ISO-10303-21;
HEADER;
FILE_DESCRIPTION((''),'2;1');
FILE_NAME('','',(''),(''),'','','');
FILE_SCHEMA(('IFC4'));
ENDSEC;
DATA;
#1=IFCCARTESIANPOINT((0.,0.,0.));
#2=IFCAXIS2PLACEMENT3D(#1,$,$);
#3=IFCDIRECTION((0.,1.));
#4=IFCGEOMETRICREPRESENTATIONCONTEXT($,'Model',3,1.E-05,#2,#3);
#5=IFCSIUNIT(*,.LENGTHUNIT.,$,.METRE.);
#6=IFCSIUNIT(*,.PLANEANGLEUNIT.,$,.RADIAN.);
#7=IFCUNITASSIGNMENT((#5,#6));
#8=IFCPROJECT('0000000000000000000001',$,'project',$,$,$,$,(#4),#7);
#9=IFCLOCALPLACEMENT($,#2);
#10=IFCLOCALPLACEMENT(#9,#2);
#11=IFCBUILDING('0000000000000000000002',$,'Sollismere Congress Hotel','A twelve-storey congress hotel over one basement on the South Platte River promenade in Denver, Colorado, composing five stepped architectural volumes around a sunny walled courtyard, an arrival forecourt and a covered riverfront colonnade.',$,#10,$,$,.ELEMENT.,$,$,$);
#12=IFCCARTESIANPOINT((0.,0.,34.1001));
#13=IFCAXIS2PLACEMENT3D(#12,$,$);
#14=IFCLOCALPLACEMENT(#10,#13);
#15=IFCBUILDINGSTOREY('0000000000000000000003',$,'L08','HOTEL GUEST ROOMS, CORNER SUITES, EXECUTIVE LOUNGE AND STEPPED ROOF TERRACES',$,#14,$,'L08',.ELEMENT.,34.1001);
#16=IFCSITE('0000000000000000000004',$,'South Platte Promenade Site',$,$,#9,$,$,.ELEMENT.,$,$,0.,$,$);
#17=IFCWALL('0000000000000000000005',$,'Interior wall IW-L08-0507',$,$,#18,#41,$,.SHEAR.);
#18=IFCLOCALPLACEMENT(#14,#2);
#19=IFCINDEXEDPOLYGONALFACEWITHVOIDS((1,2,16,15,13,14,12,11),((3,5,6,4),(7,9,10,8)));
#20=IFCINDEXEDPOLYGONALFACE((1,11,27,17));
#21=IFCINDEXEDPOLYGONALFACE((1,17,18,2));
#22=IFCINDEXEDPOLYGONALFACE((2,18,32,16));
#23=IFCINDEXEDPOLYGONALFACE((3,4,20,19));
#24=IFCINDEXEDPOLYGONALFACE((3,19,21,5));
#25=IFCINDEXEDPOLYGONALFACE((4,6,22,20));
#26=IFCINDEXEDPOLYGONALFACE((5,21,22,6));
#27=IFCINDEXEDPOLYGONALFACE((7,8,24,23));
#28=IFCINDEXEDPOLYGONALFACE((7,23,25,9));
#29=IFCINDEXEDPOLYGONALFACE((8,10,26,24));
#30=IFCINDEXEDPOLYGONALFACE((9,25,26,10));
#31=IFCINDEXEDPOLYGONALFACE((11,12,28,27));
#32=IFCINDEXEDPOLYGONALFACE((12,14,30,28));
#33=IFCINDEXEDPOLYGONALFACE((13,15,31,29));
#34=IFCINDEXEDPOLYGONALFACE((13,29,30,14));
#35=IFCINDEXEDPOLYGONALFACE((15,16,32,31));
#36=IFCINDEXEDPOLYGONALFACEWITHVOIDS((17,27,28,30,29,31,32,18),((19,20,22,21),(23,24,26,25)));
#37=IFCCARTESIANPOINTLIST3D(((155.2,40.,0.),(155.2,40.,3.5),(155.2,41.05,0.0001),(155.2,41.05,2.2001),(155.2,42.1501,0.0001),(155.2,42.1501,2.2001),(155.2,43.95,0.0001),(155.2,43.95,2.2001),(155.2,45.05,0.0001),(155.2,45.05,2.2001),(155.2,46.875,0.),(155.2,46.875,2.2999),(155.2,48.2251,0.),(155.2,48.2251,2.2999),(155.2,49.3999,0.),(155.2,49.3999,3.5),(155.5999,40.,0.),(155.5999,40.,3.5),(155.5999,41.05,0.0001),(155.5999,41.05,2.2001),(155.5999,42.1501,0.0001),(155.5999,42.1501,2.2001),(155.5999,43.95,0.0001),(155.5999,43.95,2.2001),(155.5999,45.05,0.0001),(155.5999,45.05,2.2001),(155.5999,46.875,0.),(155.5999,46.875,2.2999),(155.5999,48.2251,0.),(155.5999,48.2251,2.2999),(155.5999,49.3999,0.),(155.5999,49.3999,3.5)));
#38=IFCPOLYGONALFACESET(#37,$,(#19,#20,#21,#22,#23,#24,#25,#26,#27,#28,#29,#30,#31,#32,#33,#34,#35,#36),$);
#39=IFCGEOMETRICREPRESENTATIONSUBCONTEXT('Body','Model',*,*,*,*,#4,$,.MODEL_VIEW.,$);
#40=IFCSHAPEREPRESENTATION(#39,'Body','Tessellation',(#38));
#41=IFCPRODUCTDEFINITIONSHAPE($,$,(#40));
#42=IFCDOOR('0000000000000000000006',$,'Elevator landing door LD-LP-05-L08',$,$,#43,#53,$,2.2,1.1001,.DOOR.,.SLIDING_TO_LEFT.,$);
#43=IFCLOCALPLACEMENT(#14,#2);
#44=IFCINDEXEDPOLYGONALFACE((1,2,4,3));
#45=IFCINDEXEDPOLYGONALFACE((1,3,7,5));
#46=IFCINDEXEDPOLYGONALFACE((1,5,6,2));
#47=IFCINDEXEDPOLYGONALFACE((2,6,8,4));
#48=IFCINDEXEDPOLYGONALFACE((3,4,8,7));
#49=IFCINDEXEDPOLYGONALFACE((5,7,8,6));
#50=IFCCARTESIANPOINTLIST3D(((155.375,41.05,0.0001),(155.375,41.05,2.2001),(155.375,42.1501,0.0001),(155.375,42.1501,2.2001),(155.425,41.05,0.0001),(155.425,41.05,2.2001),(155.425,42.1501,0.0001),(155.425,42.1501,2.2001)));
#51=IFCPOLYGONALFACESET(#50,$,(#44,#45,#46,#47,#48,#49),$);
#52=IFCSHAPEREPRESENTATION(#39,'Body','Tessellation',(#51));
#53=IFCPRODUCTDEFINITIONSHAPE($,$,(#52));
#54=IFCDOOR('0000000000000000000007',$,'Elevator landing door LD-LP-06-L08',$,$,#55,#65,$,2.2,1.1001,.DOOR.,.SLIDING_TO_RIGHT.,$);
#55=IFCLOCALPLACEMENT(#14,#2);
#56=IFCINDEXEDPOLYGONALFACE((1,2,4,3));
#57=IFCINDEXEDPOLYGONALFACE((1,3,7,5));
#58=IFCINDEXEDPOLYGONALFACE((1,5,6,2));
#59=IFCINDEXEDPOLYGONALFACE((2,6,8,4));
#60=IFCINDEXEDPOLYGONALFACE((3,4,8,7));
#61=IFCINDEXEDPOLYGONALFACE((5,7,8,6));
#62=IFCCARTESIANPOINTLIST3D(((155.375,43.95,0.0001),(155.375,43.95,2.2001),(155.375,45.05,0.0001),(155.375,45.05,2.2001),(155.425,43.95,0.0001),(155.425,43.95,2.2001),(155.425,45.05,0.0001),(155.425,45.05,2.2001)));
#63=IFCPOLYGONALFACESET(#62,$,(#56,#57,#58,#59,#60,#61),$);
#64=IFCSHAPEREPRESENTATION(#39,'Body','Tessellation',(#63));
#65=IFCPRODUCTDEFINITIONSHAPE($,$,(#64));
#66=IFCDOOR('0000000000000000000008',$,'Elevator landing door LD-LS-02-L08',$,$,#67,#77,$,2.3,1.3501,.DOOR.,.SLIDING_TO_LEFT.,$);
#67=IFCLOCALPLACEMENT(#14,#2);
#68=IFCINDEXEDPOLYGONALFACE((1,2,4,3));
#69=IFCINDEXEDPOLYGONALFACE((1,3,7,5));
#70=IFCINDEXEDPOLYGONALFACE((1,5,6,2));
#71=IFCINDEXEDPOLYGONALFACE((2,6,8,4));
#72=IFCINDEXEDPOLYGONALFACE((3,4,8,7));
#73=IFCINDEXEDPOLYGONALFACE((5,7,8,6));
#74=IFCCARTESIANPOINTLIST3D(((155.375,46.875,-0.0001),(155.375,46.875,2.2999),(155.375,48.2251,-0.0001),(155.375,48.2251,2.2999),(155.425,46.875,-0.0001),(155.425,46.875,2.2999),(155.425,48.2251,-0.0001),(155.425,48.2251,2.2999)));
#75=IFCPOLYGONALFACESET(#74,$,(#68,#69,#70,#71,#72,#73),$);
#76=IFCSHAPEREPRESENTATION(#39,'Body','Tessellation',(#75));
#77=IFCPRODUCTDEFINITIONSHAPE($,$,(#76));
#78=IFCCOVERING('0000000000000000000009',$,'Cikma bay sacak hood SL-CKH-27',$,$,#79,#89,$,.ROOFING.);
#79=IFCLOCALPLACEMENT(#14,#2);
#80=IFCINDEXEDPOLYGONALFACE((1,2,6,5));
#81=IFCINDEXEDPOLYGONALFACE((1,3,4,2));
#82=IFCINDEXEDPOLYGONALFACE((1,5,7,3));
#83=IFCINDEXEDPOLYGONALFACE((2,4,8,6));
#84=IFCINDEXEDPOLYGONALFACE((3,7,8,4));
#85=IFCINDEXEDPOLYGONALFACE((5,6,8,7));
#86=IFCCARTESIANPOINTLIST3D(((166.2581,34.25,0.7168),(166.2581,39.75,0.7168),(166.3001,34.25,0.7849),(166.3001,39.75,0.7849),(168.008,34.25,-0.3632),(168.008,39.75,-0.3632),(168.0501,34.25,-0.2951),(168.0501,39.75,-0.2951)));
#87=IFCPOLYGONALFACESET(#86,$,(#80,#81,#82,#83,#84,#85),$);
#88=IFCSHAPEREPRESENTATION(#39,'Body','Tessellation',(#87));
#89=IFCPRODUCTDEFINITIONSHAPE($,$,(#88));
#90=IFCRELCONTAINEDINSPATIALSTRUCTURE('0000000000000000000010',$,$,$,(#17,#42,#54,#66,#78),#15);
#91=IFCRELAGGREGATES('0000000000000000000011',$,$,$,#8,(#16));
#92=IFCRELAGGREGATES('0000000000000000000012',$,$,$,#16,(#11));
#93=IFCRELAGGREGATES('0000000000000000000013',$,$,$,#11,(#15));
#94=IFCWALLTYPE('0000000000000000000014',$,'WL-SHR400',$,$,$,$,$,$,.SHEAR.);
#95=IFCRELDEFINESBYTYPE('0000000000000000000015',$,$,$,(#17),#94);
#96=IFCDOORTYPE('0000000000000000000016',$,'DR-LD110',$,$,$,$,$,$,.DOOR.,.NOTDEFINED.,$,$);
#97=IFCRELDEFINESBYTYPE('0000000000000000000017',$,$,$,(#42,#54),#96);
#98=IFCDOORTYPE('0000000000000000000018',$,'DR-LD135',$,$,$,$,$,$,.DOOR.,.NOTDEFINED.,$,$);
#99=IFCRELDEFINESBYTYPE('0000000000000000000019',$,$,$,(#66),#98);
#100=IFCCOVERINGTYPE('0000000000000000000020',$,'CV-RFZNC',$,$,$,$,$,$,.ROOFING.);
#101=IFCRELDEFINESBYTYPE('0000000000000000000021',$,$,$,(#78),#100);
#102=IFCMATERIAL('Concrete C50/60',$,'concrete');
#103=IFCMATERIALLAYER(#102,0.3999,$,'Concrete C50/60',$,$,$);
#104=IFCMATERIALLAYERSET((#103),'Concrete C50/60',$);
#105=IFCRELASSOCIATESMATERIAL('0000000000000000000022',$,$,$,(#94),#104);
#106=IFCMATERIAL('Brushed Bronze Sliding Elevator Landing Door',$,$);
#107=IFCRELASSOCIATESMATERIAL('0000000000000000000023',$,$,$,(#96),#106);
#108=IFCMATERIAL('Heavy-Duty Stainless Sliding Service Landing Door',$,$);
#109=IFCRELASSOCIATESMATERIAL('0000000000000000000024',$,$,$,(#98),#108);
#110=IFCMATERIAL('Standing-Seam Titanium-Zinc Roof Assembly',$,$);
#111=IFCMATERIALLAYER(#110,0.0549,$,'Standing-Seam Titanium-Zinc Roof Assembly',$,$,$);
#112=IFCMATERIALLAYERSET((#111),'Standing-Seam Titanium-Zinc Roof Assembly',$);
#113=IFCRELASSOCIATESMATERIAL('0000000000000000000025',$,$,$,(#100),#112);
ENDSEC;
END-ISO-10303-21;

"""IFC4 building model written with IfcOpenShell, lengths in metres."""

from ifc_helpers import new_model, si_unit, direction, frame, frame_2d, origin, place, context, subcontext, project, spatial, polyline, rectangle, outline, extrude, material, layer, layer_set, type_object, element, fill, save


model = new_model("IFC4")

# Units and contexts
model_context = context("Model", 3, precision=1e-05, world=origin(), true_north=direction((0.0, 1.0)))
body_context = subcontext(model_context, "Body", "Model", "MODEL_VIEW")
ifc_project = project(units=[si_unit("LENGTHUNIT", "METRE"), si_unit("PLANEANGLEUNIT", "RADIAN")], contexts=[model_context])

# Site, building, storey
site_placement = place(None, origin())
site = spatial("IfcSite", under=ifc_project, at=site_placement, Name="South Platte Promenade Site", CompositionType="ELEMENT", RefElevation=0.0)
building_placement = place(site_placement, origin())
building = spatial("IfcBuilding", under=site, at=building_placement, Name="Sollismere Congress Hotel", Description="A twelve-storey congress hotel over one basement on the South Platte River promenade in Denver, Colorado, composing five stepped architectural volumes around a sunny walled courtyard, an arrival forecourt and a covered riverfront colonnade.", CompositionType="ELEMENT")
storey_placement = place(building_placement, frame((0.0, 0.0, 34.1001)))
storey = spatial("IfcBuildingStorey", under=building, at=storey_placement, Name="L08", Description="HOTEL GUEST ROOMS, CORNER SUITES, EXECUTIVE LOUNGE AND STEPPED ROOF TERRACES", LongName="L08", CompositionType="ELEMENT", Elevation=34.1001)

# Wall, openings, doors
ifc_material_1 = material(Name="Concrete C50/60", Category="concrete")
ifc_layer_1 = layer(ifc_material_1, 0.3999, Name="Concrete C50/60")
ifc_layer_set_1 = layer_set([ifc_layer_1], Name="Concrete C50/60")
wall_type_1 = type_object("IfcWallType", Name="WL-SHR400", PredefinedType="SHEAR", material=ifc_layer_set_1)
wall_1_placement = place(storey_placement, frame((155.3999, 40.0, 0.0), z_axis=(0.0, 0.0, 1.0), x_axis=(0.0, 1.0, 0.0)))
wall_1 = element("IfcWall", 1, at=wall_1_placement, inside=storey, type_object=wall_type_1, Name="Interior wall IW-L08-0507", PredefinedType="SHEAR", context=body_context, shape_type="SweptSolid", body=[
    extrude(rectangle(XDim=9.3999, YDim=0.3999, at=frame_2d((4.7, 0.0))), origin(), (0.0, 0.0, 1.0), 3.5),
])
opening_1_placement = place(wall_1_placement, frame((1.05, 0.0, 0.0)))
opening_1 = element("IfcOpeningElement", 2, at=opening_1_placement, cuts=wall_1, PredefinedType="OPENING", context=body_context, shape_type="SweptSolid", body=[
    extrude(rectangle(XDim=1.1001, YDim=2.2, at=frame_2d((0.55, 1.1001))), frame((0.0, 0.21, 0.0), z_axis=(0.0, -1.0, 0.0), x_axis=(1.0, 0.0, 0.0)), (0.0, 0.0, 1.0), 0.4199),
])
opening_2_placement = place(wall_1_placement, frame((3.95, 0.0, 0.0)))
opening_2 = element("IfcOpeningElement", 3, at=opening_2_placement, cuts=wall_1, PredefinedType="OPENING", context=body_context, shape_type="SweptSolid", body=[
    extrude(rectangle(XDim=1.1001, YDim=2.2, at=frame_2d((0.55, 1.1001))), frame((0.0, 0.21, 0.0), z_axis=(0.0, -1.0, 0.0), x_axis=(1.0, 0.0, 0.0)), (0.0, 0.0, 1.0), 0.4199),
])
opening_3_placement = place(wall_1_placement, frame((6.875, 0.0, 0.0)))
opening_3 = element("IfcOpeningElement", 4, at=opening_3_placement, cuts=wall_1, PredefinedType="OPENING", context=body_context, shape_type="SweptSolid", body=[
    extrude(rectangle(XDim=1.3501, YDim=2.3, at=frame_2d((0.675, 1.1499))), frame((0.0, 0.21, 0.0), z_axis=(0.0, -1.0, 0.0), x_axis=(1.0, 0.0, 0.0)), (0.0, 0.0, 1.0), 0.4199),
])
ifc_material_2 = material(Name="Brushed Bronze Sliding Elevator Landing Door")
door_type_1 = type_object("IfcDoorType", Name="DR-LD110", OperationType="NOTDEFINED", PredefinedType="DOOR", material=ifc_material_2)
door_1_placement = place(opening_1_placement, origin())
door_1 = element("IfcDoor", 5, at=door_1_placement, inside=storey, type_object=door_type_1, Name="Elevator landing door LD-LP-05-L08", OperationType="SLIDING_TO_LEFT", OverallHeight=2.2, OverallWidth=1.1001, PredefinedType="DOOR", context=body_context, shape_type="SweptSolid", body=[
    extrude(rectangle(XDim=1.1001, YDim=2.2, at=frame_2d((0.55, 1.1001))), frame((0.0, 0.0249, 0.0), z_axis=(0.0, -1.0, 0.0), x_axis=(1.0, 0.0, 0.0)), (0.0, 0.0, 1.0), 0.05),
])
fill(opening_1, door_1)
door_2_placement = place(opening_2_placement, origin())
door_2 = element("IfcDoor", 6, at=door_2_placement, inside=storey, type_object=door_type_1, Name="Elevator landing door LD-LP-06-L08", OperationType="SLIDING_TO_RIGHT", OverallHeight=2.2, OverallWidth=1.1001, PredefinedType="DOOR", context=body_context, shape_type="SweptSolid", body=[
    extrude(rectangle(XDim=1.1001, YDim=2.2, at=frame_2d((0.55, 1.1001))), frame((0.0, 0.0249, 0.0), z_axis=(0.0, -1.0, 0.0), x_axis=(1.0, 0.0, 0.0)), (0.0, 0.0, 1.0), 0.05),
])
fill(opening_2, door_2)
ifc_material_3 = material(Name="Heavy-Duty Stainless Sliding Service Landing Door")
door_type_2 = type_object("IfcDoorType", Name="DR-LD135", OperationType="NOTDEFINED", PredefinedType="DOOR", material=ifc_material_3)
door_3_placement = place(opening_3_placement, origin())
door_3 = element("IfcDoor", 7, at=door_3_placement, inside=storey, type_object=door_type_2, Name="Elevator landing door LD-LS-02-L08", OperationType="SLIDING_TO_LEFT", OverallHeight=2.3, OverallWidth=1.3501, PredefinedType="DOOR", context=body_context, shape_type="SweptSolid", body=[
    extrude(rectangle(XDim=1.3501, YDim=2.3, at=frame_2d((0.675, 1.1499))), frame((0.0, 0.0249, 0.0), z_axis=(0.0, -1.0, 0.0), x_axis=(1.0, 0.0, 0.0)), (0.0, 0.0, 1.0), 0.05),
])
fill(opening_3, door_3)

# Covering
ifc_material_4 = material(Name="Standing-Seam Titanium-Zinc Roof Assembly")
ifc_layer_2 = layer(ifc_material_4, 0.0549, Name="Standing-Seam Titanium-Zinc Roof Assembly")
ifc_layer_set_2 = layer_set([ifc_layer_2], Name="Standing-Seam Titanium-Zinc Roof Assembly")
covering_type = type_object("IfcCoveringType", Name="CV-RFZNC", PredefinedType="ROOFING", material=ifc_layer_set_2)
covering_placement = place(storey_placement, frame((166.2581, 34.25, 0.7168), z_axis=(0.52521, 0.0, 0.850973), x_axis=(0.850973, 0.0, -0.52521)))
element("IfcCovering", 8, at=covering_placement, inside=storey, type_object=covering_type, Name="Cikma bay sacak hood SL-CKH-27", PredefinedType="ROOFING", context=body_context, shape_type="SweptSolid", body=[
    extrude(outline(polyline([(0.0, 0.0), (2.0564, 0.0), (2.0564, 5.5), (0.0, 5.5), (0.0, 0.0)])), origin(), (0.0, 0.0, 1.0), 0.0801),
])

save(model, "model.ifc")
